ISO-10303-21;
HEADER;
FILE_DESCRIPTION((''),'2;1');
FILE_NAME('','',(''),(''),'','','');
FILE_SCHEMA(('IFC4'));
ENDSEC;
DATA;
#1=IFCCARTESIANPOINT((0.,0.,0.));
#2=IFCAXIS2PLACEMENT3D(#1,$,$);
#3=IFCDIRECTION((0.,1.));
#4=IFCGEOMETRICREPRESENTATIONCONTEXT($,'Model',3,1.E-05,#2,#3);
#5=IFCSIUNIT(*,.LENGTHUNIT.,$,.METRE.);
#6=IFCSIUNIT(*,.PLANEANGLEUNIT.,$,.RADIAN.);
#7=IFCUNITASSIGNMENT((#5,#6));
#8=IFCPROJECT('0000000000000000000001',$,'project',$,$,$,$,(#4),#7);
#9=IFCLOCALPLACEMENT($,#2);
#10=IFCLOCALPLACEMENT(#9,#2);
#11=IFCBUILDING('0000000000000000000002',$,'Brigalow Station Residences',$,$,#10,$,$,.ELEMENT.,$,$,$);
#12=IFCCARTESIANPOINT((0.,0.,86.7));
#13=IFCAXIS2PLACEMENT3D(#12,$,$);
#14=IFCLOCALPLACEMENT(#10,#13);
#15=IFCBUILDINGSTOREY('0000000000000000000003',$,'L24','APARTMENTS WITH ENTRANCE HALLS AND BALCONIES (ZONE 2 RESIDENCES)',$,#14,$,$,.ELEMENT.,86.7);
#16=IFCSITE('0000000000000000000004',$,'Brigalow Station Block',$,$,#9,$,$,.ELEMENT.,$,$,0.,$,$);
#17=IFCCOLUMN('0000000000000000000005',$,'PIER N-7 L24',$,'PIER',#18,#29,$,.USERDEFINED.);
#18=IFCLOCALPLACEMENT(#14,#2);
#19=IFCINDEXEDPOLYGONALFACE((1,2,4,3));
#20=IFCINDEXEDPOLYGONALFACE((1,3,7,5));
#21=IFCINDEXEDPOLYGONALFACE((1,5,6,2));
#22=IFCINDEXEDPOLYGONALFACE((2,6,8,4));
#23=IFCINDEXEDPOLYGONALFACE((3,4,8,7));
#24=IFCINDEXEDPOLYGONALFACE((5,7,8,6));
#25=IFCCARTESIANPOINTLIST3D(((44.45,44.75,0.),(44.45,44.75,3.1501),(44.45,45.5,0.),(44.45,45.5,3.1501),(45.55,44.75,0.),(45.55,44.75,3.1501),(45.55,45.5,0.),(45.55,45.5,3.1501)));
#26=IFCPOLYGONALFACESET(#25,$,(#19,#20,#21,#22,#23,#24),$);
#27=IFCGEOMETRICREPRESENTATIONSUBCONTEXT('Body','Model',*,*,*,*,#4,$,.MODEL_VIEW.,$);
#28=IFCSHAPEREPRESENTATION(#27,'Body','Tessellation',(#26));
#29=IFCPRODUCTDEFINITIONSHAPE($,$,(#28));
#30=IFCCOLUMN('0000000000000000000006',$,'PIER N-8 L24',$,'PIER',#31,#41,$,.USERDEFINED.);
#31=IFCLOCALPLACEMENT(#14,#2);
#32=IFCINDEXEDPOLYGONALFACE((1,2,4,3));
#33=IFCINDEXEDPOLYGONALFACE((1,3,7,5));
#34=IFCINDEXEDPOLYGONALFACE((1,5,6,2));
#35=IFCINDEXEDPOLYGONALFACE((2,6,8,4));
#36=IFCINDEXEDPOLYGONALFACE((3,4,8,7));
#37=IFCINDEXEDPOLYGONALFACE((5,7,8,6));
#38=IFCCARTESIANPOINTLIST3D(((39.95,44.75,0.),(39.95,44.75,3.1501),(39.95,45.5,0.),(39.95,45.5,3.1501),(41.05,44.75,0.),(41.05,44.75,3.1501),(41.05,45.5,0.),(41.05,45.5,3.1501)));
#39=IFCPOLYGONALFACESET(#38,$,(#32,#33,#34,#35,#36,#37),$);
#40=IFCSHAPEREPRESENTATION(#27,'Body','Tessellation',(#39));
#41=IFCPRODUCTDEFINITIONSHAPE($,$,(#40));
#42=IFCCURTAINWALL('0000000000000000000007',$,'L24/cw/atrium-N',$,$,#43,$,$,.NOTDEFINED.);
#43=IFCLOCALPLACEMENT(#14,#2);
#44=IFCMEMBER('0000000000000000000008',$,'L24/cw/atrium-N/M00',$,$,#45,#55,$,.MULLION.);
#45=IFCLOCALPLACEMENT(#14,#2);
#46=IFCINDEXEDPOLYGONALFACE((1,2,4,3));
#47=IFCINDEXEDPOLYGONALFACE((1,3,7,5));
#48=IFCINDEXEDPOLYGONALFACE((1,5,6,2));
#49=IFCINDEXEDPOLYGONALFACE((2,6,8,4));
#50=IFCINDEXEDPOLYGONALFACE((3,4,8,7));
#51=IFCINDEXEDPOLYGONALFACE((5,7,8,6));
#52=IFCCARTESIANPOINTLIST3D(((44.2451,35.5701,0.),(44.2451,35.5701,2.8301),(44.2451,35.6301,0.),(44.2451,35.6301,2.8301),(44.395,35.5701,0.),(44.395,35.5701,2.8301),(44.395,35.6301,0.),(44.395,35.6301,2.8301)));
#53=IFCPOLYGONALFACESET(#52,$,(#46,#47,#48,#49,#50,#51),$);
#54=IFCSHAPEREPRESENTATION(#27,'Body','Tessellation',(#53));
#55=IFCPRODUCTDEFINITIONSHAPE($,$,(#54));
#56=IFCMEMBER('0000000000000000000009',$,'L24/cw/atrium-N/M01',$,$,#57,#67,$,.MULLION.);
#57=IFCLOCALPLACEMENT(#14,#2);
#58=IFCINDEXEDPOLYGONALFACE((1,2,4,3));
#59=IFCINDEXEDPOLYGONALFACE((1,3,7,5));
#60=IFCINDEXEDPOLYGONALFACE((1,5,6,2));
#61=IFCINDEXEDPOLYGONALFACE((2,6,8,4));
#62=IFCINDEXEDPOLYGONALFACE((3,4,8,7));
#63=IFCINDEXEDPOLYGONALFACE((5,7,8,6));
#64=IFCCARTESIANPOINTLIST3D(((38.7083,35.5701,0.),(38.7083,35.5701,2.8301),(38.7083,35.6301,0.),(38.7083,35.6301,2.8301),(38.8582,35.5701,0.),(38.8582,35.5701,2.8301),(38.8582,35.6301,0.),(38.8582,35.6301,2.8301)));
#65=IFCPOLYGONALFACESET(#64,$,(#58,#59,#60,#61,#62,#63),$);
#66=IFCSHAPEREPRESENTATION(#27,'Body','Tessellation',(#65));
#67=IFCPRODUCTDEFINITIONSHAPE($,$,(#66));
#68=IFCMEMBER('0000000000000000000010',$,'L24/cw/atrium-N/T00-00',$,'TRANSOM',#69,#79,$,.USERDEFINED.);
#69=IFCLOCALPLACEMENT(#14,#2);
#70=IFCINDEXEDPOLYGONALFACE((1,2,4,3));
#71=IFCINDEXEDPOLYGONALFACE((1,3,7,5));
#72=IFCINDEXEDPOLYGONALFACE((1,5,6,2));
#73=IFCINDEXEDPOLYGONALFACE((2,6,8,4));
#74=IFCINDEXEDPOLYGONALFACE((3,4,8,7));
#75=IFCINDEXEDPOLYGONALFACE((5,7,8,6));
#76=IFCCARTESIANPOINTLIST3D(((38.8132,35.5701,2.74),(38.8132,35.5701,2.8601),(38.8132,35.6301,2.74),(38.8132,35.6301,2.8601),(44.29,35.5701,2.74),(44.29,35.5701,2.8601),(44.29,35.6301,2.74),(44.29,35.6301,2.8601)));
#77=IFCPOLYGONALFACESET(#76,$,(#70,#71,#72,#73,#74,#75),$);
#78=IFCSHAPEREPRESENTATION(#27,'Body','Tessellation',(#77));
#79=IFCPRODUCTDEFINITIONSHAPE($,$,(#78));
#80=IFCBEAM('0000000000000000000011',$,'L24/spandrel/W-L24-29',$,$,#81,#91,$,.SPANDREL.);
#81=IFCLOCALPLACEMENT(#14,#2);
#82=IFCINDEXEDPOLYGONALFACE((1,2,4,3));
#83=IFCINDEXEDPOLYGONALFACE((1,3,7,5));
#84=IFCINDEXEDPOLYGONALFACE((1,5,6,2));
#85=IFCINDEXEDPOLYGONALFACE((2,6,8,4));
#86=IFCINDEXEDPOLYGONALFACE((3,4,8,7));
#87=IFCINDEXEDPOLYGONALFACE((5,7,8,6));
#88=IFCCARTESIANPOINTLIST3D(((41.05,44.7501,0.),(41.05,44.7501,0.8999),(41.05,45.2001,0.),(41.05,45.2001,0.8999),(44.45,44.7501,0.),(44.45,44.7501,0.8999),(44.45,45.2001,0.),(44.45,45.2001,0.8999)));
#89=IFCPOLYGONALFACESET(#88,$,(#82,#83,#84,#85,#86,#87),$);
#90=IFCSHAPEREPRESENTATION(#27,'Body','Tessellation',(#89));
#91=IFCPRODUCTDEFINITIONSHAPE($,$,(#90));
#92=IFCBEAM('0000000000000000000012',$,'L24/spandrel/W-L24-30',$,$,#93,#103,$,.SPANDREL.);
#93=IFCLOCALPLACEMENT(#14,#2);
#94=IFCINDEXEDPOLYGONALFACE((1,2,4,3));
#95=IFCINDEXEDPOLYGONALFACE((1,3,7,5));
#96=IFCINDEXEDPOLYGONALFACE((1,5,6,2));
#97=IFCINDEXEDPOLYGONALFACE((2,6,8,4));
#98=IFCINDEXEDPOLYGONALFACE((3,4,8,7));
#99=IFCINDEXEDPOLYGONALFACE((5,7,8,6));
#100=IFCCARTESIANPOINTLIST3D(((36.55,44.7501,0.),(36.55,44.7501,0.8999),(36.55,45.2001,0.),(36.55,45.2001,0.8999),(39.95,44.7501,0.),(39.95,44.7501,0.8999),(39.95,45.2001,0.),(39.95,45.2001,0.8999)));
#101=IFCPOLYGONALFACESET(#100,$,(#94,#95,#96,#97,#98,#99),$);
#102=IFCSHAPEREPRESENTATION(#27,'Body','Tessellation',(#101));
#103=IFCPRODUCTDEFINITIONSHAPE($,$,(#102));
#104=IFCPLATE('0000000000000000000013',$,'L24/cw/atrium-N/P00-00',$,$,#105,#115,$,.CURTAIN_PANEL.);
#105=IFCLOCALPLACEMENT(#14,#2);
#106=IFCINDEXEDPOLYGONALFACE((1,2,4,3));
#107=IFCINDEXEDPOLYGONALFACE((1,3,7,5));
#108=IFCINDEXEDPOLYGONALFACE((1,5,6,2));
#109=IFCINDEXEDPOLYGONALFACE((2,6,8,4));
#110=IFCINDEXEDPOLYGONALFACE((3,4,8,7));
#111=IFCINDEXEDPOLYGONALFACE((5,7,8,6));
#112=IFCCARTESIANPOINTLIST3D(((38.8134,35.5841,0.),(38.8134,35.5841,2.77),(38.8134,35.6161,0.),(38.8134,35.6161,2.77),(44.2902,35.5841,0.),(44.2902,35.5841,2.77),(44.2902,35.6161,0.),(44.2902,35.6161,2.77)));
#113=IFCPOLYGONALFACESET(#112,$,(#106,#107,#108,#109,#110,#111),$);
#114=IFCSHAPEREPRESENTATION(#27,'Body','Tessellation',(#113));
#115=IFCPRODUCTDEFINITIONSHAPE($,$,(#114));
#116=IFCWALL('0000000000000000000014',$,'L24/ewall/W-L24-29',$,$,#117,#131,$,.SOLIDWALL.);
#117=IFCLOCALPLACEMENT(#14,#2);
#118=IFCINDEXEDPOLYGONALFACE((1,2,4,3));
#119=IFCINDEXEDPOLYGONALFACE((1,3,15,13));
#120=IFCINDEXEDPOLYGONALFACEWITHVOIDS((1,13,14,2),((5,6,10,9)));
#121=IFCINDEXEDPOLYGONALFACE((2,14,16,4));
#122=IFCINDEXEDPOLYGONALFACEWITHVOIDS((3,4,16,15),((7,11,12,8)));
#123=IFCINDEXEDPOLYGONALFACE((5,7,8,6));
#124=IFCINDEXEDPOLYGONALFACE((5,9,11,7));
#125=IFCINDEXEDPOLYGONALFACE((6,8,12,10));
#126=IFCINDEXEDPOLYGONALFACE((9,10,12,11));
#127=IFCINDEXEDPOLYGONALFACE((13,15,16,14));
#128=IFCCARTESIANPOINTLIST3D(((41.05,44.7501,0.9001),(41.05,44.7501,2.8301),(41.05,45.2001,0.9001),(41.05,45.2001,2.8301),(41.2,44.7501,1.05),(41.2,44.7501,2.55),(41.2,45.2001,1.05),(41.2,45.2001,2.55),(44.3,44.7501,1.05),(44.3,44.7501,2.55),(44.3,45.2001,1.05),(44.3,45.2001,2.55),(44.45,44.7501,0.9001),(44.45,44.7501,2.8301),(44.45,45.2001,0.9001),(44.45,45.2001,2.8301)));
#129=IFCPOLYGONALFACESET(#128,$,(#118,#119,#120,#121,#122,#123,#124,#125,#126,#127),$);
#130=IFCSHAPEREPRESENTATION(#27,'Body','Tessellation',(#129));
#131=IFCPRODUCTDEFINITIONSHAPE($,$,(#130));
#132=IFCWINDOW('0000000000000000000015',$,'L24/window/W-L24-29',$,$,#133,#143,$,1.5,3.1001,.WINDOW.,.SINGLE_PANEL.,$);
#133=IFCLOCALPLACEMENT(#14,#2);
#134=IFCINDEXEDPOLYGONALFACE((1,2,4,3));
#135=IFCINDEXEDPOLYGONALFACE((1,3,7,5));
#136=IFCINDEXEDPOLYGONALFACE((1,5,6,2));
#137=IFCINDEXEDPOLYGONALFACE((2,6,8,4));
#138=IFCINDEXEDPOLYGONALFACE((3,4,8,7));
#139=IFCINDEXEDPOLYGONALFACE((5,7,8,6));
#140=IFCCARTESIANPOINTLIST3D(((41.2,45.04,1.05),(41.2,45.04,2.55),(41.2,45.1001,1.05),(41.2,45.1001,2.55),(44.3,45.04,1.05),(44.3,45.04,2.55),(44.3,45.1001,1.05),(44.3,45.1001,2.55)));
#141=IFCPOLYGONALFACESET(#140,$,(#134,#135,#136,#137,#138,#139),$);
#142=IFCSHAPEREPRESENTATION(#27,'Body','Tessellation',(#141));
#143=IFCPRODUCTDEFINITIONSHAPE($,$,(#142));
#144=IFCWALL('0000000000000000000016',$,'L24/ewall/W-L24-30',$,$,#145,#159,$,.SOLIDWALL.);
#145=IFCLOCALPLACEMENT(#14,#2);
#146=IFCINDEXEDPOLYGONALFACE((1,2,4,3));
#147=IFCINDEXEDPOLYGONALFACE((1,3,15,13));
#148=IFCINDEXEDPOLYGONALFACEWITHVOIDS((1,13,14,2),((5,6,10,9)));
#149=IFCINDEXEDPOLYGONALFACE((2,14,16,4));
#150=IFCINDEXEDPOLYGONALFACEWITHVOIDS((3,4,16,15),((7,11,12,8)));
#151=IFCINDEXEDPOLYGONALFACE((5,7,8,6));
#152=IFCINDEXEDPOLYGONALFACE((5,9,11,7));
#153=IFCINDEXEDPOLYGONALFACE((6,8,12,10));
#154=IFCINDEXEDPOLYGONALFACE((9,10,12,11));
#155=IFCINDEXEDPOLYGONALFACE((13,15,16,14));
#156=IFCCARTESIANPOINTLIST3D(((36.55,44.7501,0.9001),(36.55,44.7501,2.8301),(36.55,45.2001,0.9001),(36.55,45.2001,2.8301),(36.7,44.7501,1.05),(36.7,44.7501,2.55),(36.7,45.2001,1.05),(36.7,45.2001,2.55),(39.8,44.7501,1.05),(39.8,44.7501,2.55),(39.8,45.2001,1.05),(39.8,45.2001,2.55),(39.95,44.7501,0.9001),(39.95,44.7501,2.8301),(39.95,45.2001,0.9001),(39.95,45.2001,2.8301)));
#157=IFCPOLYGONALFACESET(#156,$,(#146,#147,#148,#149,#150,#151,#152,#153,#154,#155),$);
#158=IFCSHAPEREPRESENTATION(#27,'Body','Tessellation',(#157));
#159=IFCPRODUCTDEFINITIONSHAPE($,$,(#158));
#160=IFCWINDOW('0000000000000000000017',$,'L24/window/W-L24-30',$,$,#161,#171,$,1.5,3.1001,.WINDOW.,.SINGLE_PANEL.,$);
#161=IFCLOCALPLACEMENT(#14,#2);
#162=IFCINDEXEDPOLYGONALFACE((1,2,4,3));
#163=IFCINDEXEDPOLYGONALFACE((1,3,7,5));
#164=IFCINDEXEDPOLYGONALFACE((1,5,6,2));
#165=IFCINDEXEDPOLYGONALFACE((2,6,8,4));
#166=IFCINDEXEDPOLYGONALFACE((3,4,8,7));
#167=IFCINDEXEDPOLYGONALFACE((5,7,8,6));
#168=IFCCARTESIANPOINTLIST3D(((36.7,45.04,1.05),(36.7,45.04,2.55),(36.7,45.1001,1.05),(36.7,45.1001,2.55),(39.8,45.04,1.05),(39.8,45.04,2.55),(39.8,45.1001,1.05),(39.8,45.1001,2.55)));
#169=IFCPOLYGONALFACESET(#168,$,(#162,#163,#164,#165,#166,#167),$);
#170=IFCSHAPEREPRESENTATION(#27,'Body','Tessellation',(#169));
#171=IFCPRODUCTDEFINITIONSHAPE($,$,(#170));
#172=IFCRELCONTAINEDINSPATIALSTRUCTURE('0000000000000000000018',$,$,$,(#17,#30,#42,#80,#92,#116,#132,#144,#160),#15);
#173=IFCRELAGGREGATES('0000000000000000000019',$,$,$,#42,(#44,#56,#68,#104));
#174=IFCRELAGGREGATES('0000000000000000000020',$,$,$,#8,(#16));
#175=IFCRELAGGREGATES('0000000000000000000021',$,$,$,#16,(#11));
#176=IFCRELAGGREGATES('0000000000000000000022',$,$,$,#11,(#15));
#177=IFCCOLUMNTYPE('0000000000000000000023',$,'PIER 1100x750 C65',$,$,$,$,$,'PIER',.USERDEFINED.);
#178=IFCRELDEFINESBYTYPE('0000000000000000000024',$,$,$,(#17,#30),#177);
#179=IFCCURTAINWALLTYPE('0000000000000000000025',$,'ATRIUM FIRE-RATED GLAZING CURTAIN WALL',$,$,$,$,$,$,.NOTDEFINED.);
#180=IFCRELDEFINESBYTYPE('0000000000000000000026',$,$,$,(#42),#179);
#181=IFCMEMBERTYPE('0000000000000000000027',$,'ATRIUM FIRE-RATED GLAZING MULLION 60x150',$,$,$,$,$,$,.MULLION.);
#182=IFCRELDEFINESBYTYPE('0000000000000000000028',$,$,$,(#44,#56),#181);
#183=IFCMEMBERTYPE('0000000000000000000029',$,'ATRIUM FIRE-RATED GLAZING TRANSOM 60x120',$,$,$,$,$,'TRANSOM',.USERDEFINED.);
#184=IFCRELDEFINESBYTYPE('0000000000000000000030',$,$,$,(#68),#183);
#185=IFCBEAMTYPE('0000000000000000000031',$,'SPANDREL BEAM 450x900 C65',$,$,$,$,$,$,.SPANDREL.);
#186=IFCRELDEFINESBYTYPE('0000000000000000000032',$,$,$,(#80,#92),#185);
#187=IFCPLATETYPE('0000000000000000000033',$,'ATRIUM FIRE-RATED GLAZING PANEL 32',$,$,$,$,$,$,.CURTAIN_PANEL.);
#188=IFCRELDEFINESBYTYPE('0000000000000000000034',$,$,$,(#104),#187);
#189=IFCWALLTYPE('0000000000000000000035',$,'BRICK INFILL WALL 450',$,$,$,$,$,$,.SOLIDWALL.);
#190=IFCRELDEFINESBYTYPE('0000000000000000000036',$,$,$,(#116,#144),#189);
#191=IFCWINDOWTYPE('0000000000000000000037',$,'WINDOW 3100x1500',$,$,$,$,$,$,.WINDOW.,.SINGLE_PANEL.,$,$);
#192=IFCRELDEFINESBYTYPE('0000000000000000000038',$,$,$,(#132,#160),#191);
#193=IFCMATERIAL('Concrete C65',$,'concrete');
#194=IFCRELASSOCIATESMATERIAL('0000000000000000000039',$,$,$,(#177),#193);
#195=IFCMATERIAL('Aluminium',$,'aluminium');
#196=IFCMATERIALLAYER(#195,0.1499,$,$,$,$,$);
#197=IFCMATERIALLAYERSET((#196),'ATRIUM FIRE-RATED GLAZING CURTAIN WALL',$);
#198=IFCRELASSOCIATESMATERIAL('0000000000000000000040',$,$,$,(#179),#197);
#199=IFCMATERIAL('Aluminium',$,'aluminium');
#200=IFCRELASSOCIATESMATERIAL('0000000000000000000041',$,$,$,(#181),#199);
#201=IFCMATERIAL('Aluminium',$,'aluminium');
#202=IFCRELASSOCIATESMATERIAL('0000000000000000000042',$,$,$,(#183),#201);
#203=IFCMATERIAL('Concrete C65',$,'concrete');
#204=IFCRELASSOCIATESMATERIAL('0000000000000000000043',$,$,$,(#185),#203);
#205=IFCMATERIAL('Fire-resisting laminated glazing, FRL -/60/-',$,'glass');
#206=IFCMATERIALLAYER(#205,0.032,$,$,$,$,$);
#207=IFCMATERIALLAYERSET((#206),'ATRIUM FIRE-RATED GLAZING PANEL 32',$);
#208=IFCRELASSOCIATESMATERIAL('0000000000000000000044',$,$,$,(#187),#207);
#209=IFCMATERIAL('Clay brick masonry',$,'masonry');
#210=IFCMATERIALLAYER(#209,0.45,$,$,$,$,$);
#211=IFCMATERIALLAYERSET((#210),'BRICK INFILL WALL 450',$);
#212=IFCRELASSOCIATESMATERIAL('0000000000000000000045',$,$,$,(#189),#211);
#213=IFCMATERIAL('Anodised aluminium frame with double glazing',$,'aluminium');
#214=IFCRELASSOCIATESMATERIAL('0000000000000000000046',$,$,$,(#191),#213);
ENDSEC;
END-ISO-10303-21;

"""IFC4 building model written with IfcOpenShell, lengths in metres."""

from ifc_helpers import new_model, si_unit, direction, frame, frame_2d, origin, origin_2d, place, context, subcontext, project, spatial, rectangle, extrude, material, layer, layer_set, material_profile, profile_set, type_object, element, fill, aggregate, save


model = new_model("IFC4")

# Units and contexts
model_context = context("Model", 3, precision=1e-05, world=origin(), true_north=direction((0.0, 1.0)))
body_context = subcontext(model_context, "Body", "Model", "MODEL_VIEW")
ifc_project = project(units=[si_unit("LENGTHUNIT", "METRE"), si_unit("PLANEANGLEUNIT", "RADIAN")], contexts=[model_context])

# Site, building, storey
site_placement = place(None, origin())
site = spatial("IfcSite", under=ifc_project, at=site_placement, Name="Brigalow Station Block", CompositionType="ELEMENT", RefElevation=0.0)
building_placement = place(site_placement, origin())
building = spatial("IfcBuilding", under=site, at=building_placement, Name="Brigalow Station Residences", CompositionType="ELEMENT")
storey_placement = place(building_placement, frame((0.0, 0.0, 86.7)))
storey = spatial("IfcBuildingStorey", under=building, at=storey_placement, Name="L24", Description="APARTMENTS WITH ENTRANCE HALLS AND BALCONIES (ZONE 2 RESIDENCES)", CompositionType="ELEMENT", Elevation=86.7)

# Columns
ifc_material_1 = material(Name="Concrete C65", Category="concrete")
ifc_material_profile_1 = material_profile(ifc_material_1, rectangle(XDim=1.1001, YDim=0.75, at=origin_2d()), Name="RC1100x750")
ifc_profile_set_1 = profile_set([ifc_material_profile_1], Name="Concrete C65")
column_type = type_object("IfcColumnType", Name="PIER 1100x750 C65", ElementType="PIER", PredefinedType="USERDEFINED", material=ifc_profile_set_1)
for number, where, z_axis, x_axis, name in (
    (1, (45.0, 45.125, 0.0), (0.0, 0.0, 1.0), (-1.0, 0.0, 0.0), "PIER N-7 L24"),
    (2, (40.5, 45.125, 0.0), (0.0, 0.0, 1.0), (-1.0, 0.0, 0.0), "PIER N-8 L24"),
):
    element("IfcColumn", number, at=place(storey_placement, frame(where, z_axis=z_axis, x_axis=x_axis)), inside=storey, type_object=column_type, Name=name, ObjectType="PIER", PredefinedType="USERDEFINED", context=body_context, shape_type="SweptSolid", body=[
        extrude(rectangle(XDim=1.1001, YDim=0.75, at=origin_2d()), origin(), (0.0, 0.0, 1.0), 3.1501),
    ])

# Curtain wall, members
ifc_material_2 = material(Name="Aluminium", Category="aluminium")
ifc_layer_1 = layer(ifc_material_2, 0.1499)
ifc_layer_set_1 = layer_set([ifc_layer_1], Name="ATRIUM FIRE-RATED GLAZING CURTAIN WALL")
curtain_wall_type = type_object("IfcCurtainWallType", Name="ATRIUM FIRE-RATED GLAZING CURTAIN WALL", PredefinedType="NOTDEFINED", material=ifc_layer_set_1)
curtain_wall_placement = place(storey_placement, origin())
curtain_wall = element("IfcCurtainWall", 3, at=curtain_wall_placement, inside=storey, type_object=curtain_wall_type, Name="L24/cw/atrium-N", PredefinedType="NOTDEFINED")
ifc_material_3 = material(Name="Aluminium", Category="aluminium")
ifc_material_profile_2 = material_profile(ifc_material_3, rectangle(XDim=0.0601, YDim=0.1499, at=origin_2d()), Name="ATRIUM FIRE-RATED GLAZING MULLION 60x150")
ifc_profile_set_2 = profile_set([ifc_material_profile_2], Name="Aluminium")
member_type_1 = type_object("IfcMemberType", Name="ATRIUM FIRE-RATED GLAZING MULLION 60x150", PredefinedType="MULLION", material=ifc_profile_set_2)
member_1_placement = place(storey_placement, frame((44.3201, 35.6001, 0.0), z_axis=(0.0, 0.0, 1.0), x_axis=(0.0, -1.0, 0.0)))
member_1 = element("IfcMember", 4, at=member_1_placement, type_object=member_type_1, Name="L24/cw/atrium-N/M00", PredefinedType="MULLION", context=body_context, shape_type="SweptSolid", body=[
    extrude(rectangle(XDim=0.0601, YDim=0.1499, at=origin_2d()), origin(), (0.0, 0.0, 1.0), 2.8301),
])
member_2_placement = place(storey_placement, frame((38.7832, 35.6001, 0.0), z_axis=(0.0, 0.0, 1.0), x_axis=(0.0, -1.0, 0.0)))
member_2 = element("IfcMember", 5, at=member_2_placement, type_object=member_type_1, Name="L24/cw/atrium-N/M01", PredefinedType="MULLION", context=body_context, shape_type="SweptSolid", body=[
    extrude(rectangle(XDim=0.0601, YDim=0.1499, at=origin_2d()), origin(), (0.0, 0.0, 1.0), 2.8301),
])
ifc_material_4 = material(Name="Aluminium", Category="aluminium")
ifc_material_profile_3 = material_profile(ifc_material_4, rectangle(XDim=0.0601, YDim=0.1201, at=origin_2d()), Name="ATRIUM FIRE-RATED GLAZING TRANSOM 60x120")
ifc_profile_set_3 = profile_set([ifc_material_profile_3], Name="Aluminium")
member_type_2 = type_object("IfcMemberType", Name="ATRIUM FIRE-RATED GLAZING TRANSOM 60x120", ElementType="TRANSOM", PredefinedType="USERDEFINED", material=ifc_profile_set_3)
member_3_placement = place(storey_placement, frame((44.29, 35.6001, 2.8), z_axis=(-1.0, 0.0, 0.0), x_axis=(0.0, -1.0, 0.0)))
member_3 = element("IfcMember", 6, at=member_3_placement, type_object=member_type_2, Name="L24/cw/atrium-N/T00-00", ObjectType="TRANSOM", PredefinedType="USERDEFINED", context=body_context, shape_type="SweptSolid", body=[
    extrude(rectangle(XDim=0.0601, YDim=0.1201, at=origin_2d()), origin(), (0.0, 0.0, 1.0), 5.4768),
])

# Beams
ifc_material_5 = material(Name="Concrete C65", Category="concrete")
ifc_material_profile_4 = material_profile(ifc_material_5, rectangle(XDim=0.45, YDim=0.8999, at=origin_2d()), Name="RC450x900")
ifc_profile_set_4 = profile_set([ifc_material_profile_4], Name="Concrete C65")
beam_type = type_object("IfcBeamType", Name="SPANDREL BEAM 450x900 C65", PredefinedType="SPANDREL", material=ifc_profile_set_4)
for number, where, z_axis, x_axis, name in (
    (7, (44.45, 44.9751, 0.45), (-1.0, 0.0, 0.0), (0.0, -1.0, 0.0), "L24/spandrel/W-L24-29"),
    (8, (39.95, 44.9751, 0.45), (-1.0, 0.0, 0.0), (0.0, -1.0, 0.0), "L24/spandrel/W-L24-30"),
):
    element("IfcBeam", number, at=place(storey_placement, frame(where, z_axis=z_axis, x_axis=x_axis)), inside=storey, type_object=beam_type, Name=name, PredefinedType="SPANDREL", context=body_context, shape_type="SweptSolid", body=[
        extrude(rectangle(XDim=0.45, YDim=0.8999, at=origin_2d()), origin(), (0.0, 0.0, 1.0), 3.3999),
    ])

# Plate
ifc_material_6 = material(Name="Fire-resisting laminated glazing, FRL -/60/-", Category="glass")
ifc_layer_2 = layer(ifc_material_6, 0.032)
ifc_layer_set_2 = layer_set([ifc_layer_2], Name="ATRIUM FIRE-RATED GLAZING PANEL 32")
plate_type = type_object("IfcPlateType", Name="ATRIUM FIRE-RATED GLAZING PANEL 32", PredefinedType="CURTAIN_PANEL", material=ifc_layer_set_2)
plate_placement = place(storey_placement, frame((41.5518, 35.6001, 0.0), z_axis=(0.0, 0.0, 1.0), x_axis=(-1.0, 0.0, 0.0)))
plate = element("IfcPlate", 9, at=plate_placement, type_object=plate_type, Name="L24/cw/atrium-N/P00-00", PredefinedType="CURTAIN_PANEL", context=body_context, shape_type="SweptSolid", body=[
    extrude(rectangle(XDim=5.4768, YDim=0.032, at=origin_2d()), origin(), (0.0, 0.0, 1.0), 2.77),
])
aggregate(curtain_wall, [member_1, member_2, member_3, plate])

# Walls, openings, windows
ifc_material_7 = material(Name="Clay brick masonry", Category="masonry")
ifc_layer_3 = layer(ifc_material_7, 0.45)
ifc_layer_set_3 = layer_set([ifc_layer_3], Name="BRICK INFILL WALL 450")
wall_type_1 = type_object("IfcWallType", Name="BRICK INFILL WALL 450", PredefinedType="SOLIDWALL", material=ifc_layer_set_3)
wall_1_placement = place(storey_placement, frame((44.45, 44.9751, 0.9001), z_axis=(0.0, 0.0, 1.0), x_axis=(-1.0, 0.0, 0.0)))
wall_1 = element("IfcWall", 10, at=wall_1_placement, inside=storey, type_object=wall_type_1, Name="L24/ewall/W-L24-29", PredefinedType="SOLIDWALL", context=body_context, shape_type="SweptSolid", body=[
    extrude(rectangle(XDim=3.3999, YDim=0.45, at=frame_2d((1.7, 0.0))), origin(), (0.0, 0.0, 1.0), 1.9299),
])
opening_1_placement = place(wall_1_placement, frame((0.1499, 0.0, 0.1499)))
opening_1 = element("IfcOpeningElement", 11, at=opening_1_placement, cuts=wall_1, PredefinedType="OPENING", context=body_context, shape_type="SweptSolid", body=[
    extrude(rectangle(XDim=3.1001, YDim=1.5, at=frame_2d((1.55, 0.75))), frame((0.0, 0.2349, 0.0), z_axis=(0.0, -1.0, 0.0), x_axis=(1.0, 0.0, 0.0)), (0.0, 0.0, 1.0), 0.47),
])
ifc_material_8 = material(Name="Anodised aluminium frame with double glazing", Category="aluminium")
window_type = type_object("IfcWindowType", Name="WINDOW 3100x1500", PartitioningType="SINGLE_PANEL", PredefinedType="WINDOW", material=ifc_material_8)
window_1_placement = place(opening_1_placement, origin())
window_1 = element("IfcWindow", 12, at=window_1_placement, inside=storey, type_object=window_type, Name="L24/window/W-L24-29", OverallHeight=1.5, OverallWidth=3.1001, PartitioningType="SINGLE_PANEL", PredefinedType="WINDOW", context=body_context, shape_type="SweptSolid", body=[
    extrude(rectangle(XDim=3.1001, YDim=1.5, at=frame_2d((1.55, 0.75))), frame((0.0, -0.0649, 0.0), z_axis=(0.0, -1.0, 0.0), x_axis=(1.0, 0.0, 0.0)), (0.0, 0.0, 1.0), 0.0601),
])
fill(opening_1, window_1)
wall_2_placement = place(storey_placement, frame((39.95, 44.9751, 0.9001), z_axis=(0.0, 0.0, 1.0), x_axis=(-1.0, 0.0, 0.0)))
wall_2 = element("IfcWall", 13, at=wall_2_placement, inside=storey, type_object=wall_type_1, Name="L24/ewall/W-L24-30", PredefinedType="SOLIDWALL", context=body_context, shape_type="SweptSolid", body=[
    extrude(rectangle(XDim=3.3999, YDim=0.45, at=frame_2d((1.7, 0.0))), origin(), (0.0, 0.0, 1.0), 1.9299),
])
opening_2_placement = place(wall_2_placement, frame((0.1499, 0.0, 0.1499)))
opening_2 = element("IfcOpeningElement", 14, at=opening_2_placement, cuts=wall_2, PredefinedType="OPENING", context=body_context, shape_type="SweptSolid", body=[
    extrude(rectangle(XDim=3.1001, YDim=1.5, at=frame_2d((1.55, 0.75))), frame((0.0, 0.2349, 0.0), z_axis=(0.0, -1.0, 0.0), x_axis=(1.0, 0.0, 0.0)), (0.0, 0.0, 1.0), 0.47),
])
window_2_placement = place(opening_2_placement, origin())
window_2 = element("IfcWindow", 15, at=window_2_placement, inside=storey, type_object=window_type, Name="L24/window/W-L24-30", OverallHeight=1.5, OverallWidth=3.1001, PartitioningType="SINGLE_PANEL", PredefinedType="WINDOW", context=body_context, shape_type="SweptSolid", body=[
    extrude(rectangle(XDim=3.1001, YDim=1.5, at=frame_2d((1.55, 0.75))), frame((0.0, -0.0649, 0.0), z_axis=(0.0, -1.0, 0.0), x_axis=(1.0, 0.0, 0.0)), (0.0, 0.0, 1.0), 0.0601),
])
fill(opening_2, window_2)

save(model, "model.ifc")
